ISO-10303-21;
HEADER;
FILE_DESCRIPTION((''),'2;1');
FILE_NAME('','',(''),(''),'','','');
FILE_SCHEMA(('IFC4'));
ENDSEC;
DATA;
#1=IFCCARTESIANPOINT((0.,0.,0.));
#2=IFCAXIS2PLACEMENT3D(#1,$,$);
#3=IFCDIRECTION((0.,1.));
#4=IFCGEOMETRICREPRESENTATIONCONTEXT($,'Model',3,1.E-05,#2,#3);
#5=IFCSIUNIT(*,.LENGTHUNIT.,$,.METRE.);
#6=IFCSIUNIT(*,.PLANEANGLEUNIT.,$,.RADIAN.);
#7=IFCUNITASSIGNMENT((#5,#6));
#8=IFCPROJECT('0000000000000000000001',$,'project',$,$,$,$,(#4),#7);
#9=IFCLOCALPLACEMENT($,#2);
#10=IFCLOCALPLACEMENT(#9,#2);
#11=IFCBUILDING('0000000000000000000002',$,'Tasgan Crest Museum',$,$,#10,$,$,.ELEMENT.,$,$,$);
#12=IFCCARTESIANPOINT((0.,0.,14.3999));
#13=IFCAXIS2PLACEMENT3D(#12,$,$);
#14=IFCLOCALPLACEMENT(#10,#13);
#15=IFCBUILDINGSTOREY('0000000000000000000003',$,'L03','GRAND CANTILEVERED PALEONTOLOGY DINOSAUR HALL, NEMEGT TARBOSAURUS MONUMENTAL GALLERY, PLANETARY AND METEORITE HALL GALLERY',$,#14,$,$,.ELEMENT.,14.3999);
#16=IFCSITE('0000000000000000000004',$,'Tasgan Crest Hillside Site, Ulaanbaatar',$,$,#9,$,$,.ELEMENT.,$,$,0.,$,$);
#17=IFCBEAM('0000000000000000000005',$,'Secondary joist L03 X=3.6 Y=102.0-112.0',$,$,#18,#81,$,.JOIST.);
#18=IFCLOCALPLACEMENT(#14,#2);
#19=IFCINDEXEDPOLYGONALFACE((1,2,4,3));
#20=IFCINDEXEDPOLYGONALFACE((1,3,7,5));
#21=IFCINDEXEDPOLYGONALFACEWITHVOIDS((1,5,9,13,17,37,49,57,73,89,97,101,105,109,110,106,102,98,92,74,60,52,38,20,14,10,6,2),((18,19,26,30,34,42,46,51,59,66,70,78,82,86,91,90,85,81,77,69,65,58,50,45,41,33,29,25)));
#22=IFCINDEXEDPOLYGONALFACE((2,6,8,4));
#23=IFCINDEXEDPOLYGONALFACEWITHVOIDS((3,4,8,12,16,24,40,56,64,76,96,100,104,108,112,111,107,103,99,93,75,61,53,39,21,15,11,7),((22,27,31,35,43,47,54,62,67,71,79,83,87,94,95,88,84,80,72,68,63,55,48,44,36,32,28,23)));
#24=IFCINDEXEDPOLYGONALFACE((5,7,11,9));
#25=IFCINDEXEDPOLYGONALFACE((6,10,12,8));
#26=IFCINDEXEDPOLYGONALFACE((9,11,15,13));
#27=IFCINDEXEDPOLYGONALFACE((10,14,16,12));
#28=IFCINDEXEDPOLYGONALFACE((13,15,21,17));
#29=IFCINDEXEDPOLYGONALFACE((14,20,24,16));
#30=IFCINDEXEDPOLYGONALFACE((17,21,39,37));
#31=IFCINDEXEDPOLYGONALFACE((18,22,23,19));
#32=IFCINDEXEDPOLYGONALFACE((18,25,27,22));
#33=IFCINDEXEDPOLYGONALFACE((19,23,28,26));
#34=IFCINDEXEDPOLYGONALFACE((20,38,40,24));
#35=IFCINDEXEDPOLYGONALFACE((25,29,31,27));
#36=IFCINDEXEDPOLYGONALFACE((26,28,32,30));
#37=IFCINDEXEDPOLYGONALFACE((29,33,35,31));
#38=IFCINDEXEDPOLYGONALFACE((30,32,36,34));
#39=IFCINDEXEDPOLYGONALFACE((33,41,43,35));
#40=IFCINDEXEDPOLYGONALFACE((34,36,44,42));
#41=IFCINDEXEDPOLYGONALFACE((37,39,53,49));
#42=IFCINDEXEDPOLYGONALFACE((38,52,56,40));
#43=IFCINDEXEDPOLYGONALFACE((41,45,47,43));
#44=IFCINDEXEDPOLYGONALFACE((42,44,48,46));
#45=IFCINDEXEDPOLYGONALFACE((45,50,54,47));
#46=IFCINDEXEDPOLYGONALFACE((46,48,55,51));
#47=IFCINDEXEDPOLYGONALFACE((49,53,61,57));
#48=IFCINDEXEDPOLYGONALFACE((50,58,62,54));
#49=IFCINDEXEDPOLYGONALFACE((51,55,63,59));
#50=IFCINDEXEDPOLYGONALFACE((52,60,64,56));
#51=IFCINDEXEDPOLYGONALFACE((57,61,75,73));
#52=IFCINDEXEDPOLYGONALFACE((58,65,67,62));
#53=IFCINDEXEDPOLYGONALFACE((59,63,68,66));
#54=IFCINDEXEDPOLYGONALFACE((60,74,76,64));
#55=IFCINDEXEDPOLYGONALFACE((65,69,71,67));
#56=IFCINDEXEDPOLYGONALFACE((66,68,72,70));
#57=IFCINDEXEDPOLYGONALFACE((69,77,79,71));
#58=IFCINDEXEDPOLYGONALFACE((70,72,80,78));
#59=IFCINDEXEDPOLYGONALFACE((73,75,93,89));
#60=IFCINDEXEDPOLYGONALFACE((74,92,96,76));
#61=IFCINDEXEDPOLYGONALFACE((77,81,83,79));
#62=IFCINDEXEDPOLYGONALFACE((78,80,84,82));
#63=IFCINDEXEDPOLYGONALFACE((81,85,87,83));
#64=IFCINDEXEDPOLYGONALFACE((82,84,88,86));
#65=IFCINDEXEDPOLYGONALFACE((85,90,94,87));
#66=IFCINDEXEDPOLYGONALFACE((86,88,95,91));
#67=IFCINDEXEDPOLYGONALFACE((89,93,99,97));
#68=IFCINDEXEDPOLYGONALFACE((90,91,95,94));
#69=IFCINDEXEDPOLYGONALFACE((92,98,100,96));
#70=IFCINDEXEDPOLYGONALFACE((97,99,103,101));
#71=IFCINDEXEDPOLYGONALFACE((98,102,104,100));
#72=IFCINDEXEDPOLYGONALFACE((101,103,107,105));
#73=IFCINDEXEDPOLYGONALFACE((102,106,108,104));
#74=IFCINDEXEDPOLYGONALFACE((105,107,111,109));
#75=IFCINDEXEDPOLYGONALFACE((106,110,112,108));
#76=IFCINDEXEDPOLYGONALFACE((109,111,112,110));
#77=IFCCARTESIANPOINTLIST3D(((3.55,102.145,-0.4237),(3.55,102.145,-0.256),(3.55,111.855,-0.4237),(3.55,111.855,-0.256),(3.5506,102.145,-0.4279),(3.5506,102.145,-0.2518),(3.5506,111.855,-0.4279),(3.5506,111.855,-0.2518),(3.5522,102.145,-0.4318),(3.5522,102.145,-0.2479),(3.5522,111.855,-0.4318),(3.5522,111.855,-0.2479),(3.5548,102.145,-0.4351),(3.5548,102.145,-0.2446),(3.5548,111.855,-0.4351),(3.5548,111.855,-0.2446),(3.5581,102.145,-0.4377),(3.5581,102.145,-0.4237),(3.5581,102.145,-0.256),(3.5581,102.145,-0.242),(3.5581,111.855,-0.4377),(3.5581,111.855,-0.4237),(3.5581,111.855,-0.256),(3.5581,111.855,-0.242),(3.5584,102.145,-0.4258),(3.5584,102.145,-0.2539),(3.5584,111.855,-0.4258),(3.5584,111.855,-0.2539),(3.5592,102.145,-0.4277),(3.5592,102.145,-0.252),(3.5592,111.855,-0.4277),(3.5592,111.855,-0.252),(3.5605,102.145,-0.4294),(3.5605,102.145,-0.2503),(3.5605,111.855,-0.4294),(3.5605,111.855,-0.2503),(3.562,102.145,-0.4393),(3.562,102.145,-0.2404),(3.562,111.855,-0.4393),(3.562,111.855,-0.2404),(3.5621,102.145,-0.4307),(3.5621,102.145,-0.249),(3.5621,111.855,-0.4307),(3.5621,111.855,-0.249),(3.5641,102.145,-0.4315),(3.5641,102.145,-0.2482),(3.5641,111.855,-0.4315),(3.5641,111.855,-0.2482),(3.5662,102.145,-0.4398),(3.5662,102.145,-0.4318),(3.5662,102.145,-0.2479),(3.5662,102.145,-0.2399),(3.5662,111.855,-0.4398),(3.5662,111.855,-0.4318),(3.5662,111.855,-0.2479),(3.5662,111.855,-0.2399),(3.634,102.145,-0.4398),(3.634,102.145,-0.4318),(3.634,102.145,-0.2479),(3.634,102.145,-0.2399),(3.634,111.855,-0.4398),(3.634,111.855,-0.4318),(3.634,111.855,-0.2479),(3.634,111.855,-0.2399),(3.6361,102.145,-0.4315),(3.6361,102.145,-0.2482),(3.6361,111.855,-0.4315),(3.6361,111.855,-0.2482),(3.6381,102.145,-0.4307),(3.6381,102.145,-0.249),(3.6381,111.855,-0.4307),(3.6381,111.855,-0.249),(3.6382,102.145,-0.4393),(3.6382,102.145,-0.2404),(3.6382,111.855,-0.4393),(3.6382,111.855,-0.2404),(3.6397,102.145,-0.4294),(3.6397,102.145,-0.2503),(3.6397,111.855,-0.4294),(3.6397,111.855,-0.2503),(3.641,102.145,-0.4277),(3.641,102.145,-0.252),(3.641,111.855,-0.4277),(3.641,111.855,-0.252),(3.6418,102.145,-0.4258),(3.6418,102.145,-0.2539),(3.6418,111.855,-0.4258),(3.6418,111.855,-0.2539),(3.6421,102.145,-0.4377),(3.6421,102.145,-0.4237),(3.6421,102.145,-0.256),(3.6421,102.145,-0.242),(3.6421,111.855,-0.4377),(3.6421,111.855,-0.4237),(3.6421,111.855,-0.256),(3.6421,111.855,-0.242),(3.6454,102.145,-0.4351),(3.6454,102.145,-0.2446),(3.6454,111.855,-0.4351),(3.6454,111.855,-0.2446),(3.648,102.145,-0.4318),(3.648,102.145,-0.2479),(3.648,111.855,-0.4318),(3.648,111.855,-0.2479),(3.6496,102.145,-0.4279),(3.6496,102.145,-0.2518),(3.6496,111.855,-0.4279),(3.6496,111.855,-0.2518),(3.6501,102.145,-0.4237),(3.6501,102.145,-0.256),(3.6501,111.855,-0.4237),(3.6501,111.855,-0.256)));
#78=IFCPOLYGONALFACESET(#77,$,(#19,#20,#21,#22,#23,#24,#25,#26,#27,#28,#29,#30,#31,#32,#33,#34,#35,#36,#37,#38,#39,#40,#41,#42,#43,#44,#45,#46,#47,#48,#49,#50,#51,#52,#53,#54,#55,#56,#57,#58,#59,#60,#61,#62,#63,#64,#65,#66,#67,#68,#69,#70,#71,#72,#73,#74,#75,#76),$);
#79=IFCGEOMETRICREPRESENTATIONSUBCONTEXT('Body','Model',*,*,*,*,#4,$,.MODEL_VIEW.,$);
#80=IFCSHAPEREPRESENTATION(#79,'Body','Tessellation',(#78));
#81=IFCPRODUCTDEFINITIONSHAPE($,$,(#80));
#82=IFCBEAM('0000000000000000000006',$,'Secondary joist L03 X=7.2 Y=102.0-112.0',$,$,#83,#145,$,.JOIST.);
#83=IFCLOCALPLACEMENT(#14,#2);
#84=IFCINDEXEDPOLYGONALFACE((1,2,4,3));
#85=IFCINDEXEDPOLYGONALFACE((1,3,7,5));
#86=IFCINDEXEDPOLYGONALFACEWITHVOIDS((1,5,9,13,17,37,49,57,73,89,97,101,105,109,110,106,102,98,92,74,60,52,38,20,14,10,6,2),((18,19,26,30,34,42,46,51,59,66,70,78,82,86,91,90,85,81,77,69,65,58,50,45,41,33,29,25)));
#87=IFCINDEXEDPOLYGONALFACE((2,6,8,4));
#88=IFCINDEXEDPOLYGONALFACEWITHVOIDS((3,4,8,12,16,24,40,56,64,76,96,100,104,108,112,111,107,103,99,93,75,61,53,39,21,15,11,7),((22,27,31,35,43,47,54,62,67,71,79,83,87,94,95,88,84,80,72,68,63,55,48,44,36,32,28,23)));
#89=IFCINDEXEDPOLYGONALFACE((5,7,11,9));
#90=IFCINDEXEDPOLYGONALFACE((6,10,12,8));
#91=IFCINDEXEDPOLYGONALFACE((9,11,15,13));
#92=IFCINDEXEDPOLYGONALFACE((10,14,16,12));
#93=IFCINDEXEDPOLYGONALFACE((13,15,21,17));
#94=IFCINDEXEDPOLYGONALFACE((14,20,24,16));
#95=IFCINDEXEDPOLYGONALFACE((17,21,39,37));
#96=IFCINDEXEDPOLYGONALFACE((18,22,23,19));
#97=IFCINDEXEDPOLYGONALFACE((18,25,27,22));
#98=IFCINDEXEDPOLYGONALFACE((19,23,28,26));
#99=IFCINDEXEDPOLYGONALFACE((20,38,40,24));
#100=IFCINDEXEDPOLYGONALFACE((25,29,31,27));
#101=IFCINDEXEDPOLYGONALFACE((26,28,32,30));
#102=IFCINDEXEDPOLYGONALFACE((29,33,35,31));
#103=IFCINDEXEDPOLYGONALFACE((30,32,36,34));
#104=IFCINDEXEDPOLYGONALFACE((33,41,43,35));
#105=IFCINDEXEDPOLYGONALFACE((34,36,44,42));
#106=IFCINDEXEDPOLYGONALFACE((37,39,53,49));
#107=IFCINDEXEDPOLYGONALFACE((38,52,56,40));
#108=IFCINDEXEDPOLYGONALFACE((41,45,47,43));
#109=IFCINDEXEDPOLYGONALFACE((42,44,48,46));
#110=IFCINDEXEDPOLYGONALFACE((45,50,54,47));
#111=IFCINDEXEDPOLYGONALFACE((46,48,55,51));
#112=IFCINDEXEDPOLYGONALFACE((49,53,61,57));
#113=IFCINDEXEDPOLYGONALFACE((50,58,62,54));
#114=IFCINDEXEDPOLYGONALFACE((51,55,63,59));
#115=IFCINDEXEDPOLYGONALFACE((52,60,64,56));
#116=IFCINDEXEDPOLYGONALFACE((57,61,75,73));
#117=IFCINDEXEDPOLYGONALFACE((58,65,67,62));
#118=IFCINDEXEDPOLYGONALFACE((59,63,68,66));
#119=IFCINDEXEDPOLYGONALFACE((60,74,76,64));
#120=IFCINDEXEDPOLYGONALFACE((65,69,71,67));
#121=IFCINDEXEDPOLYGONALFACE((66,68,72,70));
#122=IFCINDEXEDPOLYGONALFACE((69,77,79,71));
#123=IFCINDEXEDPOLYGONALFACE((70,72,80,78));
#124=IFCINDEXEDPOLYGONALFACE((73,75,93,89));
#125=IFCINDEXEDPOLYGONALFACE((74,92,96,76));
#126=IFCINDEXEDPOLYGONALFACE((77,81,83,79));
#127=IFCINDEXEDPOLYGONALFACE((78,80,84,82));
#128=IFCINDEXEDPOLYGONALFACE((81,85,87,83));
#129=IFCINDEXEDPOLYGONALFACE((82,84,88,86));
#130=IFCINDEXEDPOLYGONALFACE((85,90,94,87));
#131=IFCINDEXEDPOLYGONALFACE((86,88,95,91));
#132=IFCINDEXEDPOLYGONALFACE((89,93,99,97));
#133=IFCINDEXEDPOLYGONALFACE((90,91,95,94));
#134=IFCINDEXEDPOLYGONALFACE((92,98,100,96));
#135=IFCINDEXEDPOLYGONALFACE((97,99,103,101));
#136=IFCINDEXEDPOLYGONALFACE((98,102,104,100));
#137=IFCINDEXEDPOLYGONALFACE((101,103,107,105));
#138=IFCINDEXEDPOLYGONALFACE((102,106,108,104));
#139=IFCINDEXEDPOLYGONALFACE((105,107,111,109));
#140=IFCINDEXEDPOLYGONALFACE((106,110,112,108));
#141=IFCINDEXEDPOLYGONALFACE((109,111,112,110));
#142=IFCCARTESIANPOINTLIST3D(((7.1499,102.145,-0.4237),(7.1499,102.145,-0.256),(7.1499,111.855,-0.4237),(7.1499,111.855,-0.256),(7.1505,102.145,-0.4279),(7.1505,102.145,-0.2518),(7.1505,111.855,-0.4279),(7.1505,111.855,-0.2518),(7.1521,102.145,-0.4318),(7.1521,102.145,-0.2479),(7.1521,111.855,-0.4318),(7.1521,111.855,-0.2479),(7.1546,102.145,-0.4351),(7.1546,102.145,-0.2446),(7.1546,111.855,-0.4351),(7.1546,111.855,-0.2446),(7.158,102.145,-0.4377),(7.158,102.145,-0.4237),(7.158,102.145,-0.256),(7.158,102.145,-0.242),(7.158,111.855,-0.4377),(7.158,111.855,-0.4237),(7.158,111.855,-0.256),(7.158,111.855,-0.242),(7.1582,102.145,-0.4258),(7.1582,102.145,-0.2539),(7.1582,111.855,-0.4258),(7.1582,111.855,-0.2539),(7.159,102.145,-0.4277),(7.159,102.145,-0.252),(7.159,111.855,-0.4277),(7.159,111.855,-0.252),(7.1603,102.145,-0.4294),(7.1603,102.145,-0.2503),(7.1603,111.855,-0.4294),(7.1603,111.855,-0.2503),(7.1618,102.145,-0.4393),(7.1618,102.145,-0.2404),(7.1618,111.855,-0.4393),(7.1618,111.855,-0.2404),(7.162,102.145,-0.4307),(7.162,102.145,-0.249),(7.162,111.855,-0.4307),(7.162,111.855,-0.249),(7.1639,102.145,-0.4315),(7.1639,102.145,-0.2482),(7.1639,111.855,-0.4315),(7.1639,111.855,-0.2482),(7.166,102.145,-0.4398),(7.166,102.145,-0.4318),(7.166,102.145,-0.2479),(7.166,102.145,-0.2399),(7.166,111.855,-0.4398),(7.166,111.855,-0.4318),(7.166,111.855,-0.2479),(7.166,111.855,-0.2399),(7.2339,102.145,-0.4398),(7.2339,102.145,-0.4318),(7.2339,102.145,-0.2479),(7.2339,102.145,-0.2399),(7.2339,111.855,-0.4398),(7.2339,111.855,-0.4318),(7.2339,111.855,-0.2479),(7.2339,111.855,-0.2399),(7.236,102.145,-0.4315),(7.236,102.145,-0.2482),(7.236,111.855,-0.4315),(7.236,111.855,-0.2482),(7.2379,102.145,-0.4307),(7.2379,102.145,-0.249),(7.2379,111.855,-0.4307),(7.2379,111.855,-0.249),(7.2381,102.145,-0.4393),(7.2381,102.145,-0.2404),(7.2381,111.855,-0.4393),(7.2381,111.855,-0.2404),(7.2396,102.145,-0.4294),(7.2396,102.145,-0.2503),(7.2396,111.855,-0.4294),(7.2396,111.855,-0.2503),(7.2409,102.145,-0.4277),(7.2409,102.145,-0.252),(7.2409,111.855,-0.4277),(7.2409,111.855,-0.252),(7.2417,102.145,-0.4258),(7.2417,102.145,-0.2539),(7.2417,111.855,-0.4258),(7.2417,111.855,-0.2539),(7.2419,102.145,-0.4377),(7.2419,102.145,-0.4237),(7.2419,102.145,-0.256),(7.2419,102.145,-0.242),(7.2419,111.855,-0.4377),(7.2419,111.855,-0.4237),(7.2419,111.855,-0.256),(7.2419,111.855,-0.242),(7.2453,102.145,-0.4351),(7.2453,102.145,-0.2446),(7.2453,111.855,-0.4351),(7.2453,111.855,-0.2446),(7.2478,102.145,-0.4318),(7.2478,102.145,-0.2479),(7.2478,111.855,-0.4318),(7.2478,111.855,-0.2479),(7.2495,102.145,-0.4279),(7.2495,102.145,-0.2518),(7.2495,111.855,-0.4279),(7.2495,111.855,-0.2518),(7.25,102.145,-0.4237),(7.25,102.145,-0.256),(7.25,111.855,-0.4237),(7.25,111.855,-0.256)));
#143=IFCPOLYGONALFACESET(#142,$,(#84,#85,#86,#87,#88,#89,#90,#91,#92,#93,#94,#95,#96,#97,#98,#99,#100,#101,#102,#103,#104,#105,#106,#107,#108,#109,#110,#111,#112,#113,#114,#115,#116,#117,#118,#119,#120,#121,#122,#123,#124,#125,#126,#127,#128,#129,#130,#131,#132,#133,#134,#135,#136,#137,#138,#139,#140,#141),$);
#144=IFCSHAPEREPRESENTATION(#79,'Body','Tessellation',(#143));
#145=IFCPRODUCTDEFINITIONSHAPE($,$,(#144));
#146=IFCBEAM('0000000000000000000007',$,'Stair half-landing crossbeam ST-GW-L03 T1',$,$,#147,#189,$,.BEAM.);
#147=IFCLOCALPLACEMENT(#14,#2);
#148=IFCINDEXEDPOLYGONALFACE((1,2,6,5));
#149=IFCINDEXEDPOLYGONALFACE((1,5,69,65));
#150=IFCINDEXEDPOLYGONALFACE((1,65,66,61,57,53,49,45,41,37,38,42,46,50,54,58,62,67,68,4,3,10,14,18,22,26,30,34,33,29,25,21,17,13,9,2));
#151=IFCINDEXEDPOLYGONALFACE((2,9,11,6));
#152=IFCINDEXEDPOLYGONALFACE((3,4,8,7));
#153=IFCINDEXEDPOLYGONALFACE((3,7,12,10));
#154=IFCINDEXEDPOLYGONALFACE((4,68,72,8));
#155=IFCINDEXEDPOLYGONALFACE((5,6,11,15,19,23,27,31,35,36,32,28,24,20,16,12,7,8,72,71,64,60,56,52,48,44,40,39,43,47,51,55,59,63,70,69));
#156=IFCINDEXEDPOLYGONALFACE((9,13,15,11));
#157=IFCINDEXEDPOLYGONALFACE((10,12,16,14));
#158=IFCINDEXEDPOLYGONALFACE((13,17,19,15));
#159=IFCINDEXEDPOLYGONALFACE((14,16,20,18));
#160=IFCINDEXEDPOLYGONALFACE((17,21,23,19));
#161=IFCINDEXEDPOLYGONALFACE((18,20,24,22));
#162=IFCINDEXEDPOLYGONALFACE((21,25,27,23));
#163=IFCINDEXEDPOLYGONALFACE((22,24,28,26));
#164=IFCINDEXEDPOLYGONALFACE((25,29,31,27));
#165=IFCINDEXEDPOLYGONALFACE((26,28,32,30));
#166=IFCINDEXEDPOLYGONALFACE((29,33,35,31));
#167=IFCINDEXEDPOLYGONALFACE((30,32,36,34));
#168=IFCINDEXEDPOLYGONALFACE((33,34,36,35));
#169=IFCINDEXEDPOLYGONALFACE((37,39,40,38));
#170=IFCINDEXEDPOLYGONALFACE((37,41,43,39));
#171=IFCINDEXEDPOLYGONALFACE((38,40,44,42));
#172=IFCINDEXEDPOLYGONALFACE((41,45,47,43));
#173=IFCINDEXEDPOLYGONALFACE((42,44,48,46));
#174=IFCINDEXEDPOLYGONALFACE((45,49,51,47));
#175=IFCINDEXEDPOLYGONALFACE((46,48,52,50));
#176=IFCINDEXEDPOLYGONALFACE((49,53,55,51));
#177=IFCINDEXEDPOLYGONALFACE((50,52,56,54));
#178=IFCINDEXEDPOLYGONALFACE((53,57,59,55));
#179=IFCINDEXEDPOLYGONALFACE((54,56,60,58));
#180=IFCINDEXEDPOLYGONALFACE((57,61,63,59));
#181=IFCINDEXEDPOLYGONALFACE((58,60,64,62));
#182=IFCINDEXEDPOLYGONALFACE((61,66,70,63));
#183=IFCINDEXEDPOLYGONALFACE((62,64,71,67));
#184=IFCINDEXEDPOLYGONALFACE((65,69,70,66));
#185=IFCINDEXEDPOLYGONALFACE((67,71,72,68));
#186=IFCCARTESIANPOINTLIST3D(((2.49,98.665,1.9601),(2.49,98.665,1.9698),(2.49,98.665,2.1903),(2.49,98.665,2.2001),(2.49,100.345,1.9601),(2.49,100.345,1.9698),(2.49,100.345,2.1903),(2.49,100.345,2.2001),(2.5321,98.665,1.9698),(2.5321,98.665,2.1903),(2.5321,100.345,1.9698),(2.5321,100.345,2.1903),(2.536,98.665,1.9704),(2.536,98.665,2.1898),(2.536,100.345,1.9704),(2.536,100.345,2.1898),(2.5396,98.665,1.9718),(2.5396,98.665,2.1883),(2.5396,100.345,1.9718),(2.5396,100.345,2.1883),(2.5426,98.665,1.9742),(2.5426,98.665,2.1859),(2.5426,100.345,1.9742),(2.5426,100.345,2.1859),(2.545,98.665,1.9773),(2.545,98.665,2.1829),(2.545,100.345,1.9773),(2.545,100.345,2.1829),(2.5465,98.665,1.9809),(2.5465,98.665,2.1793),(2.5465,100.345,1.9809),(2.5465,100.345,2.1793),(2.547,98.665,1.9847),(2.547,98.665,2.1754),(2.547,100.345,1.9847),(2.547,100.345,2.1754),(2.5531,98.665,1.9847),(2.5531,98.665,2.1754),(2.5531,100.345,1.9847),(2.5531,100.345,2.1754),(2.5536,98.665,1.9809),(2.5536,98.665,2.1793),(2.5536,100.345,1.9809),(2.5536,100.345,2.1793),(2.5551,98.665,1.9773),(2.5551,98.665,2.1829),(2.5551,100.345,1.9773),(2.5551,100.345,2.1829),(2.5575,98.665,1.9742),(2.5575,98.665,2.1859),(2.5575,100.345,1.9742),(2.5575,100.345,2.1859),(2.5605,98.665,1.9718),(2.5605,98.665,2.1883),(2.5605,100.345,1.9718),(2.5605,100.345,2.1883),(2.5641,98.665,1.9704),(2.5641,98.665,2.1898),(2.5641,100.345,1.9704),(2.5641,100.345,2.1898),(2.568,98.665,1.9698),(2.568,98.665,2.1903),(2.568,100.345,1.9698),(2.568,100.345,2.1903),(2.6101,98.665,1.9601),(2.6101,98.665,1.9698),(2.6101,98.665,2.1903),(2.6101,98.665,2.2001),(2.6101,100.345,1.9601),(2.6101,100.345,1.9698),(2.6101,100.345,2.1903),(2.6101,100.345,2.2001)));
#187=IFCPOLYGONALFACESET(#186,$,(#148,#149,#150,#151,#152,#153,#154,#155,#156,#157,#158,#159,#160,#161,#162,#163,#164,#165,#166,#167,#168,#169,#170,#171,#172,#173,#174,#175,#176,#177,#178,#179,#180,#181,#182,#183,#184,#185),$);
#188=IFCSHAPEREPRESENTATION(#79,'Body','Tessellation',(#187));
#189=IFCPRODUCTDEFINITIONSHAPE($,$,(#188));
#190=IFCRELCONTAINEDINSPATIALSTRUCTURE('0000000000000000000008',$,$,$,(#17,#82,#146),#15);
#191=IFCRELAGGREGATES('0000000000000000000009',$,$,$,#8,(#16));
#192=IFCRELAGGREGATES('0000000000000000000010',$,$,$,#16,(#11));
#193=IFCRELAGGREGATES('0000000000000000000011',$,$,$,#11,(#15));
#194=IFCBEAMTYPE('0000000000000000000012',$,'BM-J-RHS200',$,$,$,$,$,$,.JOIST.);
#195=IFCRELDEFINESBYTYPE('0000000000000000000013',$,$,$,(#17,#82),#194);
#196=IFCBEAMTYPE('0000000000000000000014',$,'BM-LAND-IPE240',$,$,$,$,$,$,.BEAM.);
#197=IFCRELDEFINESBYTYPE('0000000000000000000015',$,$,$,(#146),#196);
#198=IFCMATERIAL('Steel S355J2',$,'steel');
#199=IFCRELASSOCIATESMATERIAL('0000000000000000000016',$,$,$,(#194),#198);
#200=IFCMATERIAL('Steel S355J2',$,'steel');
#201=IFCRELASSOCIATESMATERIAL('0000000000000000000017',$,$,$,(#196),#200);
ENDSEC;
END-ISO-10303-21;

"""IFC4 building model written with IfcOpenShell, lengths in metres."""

from ifc_helpers import new_model, si_unit, direction, frame, origin, origin_2d, place, context, subcontext, project, spatial, hollow_rectangle, i_section, extrude, material, material_profile, profile_set, type_object, element, save


model = new_model("IFC4")

# Units and contexts
model_context = context("Model", 3, precision=1e-05, world=origin(), true_north=direction((0.0, 1.0)))
body_context = subcontext(model_context, "Body", "Model", "MODEL_VIEW")
ifc_project = project(units=[si_unit("LENGTHUNIT", "METRE"), si_unit("PLANEANGLEUNIT", "RADIAN")], contexts=[model_context])

# Site, building, storey
site_placement = place(None, origin())
site = spatial("IfcSite", under=ifc_project, at=site_placement, Name="Tasgan Crest Hillside Site, Ulaanbaatar", CompositionType="ELEMENT", RefElevation=0.0)
building_placement = place(site_placement, origin())
building = spatial("IfcBuilding", under=site, at=building_placement, Name="Tasgan Crest Museum", CompositionType="ELEMENT")
storey_placement = place(building_placement, frame((0.0, 0.0, 14.3999)))
storey = spatial("IfcBuildingStorey", under=building, at=storey_placement, Name="L03", Description="GRAND CANTILEVERED PALEONTOLOGY DINOSAUR HALL, NEMEGT TARBOSAURUS MONUMENTAL GALLERY, PLANETARY AND METEORITE HALL GALLERY", CompositionType="ELEMENT", Elevation=14.3999)

# Beams
ifc_material_1 = material(Name="Steel S355J2", Category="steel")
ifc_material_profile_1 = material_profile(ifc_material_1, hollow_rectangle(XDim=0.1001, YDim=0.2, WallThickness=0.0081, InnerFilletRadius=0.0081, OuterFilletRadius=0.0161, at=origin_2d()), Name="RHS 200x100x8")
ifc_profile_set_1 = profile_set([ifc_material_profile_1], Name="Steel S355J2")
beam_type_1 = type_object("IfcBeamType", Name="BM-J-RHS200", PredefinedType="JOIST", material=ifc_profile_set_1)
for number, where, z_axis, x_axis, name in (
    (1, (3.6001, 102.145, -0.3398), (0.0, 1.0, 0.0), (-1.0, 0.0, 0.0), "Secondary joist L03 X=3.6 Y=102.0-112.0"),
    (2, (7.2, 102.145, -0.3398), (0.0, 1.0, 0.0), (-1.0, 0.0, 0.0), "Secondary joist L03 X=7.2 Y=102.0-112.0"),
):
    element("IfcBeam", number, at=place(storey_placement, frame(where, z_axis=z_axis, x_axis=x_axis)), inside=storey, type_object=beam_type_1, Name=name, PredefinedType="JOIST", context=body_context, shape_type="SweptSolid", body=[
        extrude(hollow_rectangle(XDim=0.1001, YDim=0.2, WallThickness=0.0081, InnerFilletRadius=0.0081, OuterFilletRadius=0.0161, at=origin_2d()), origin(), (0.0, 0.0, 1.0), 9.71),
    ])
ifc_material_2 = material(Name="Steel S355J2", Category="steel")
ifc_material_profile_2 = material_profile(ifc_material_2, i_section(OverallWidth=0.1201, OverallDepth=0.24, WebThickness=0.0061, FlangeThickness=0.0098, FilletRadius=0.0149, at=origin_2d()), Name="IPE 240")
ifc_profile_set_2 = profile_set([ifc_material_profile_2], Name="Steel S355J2")
beam_type_2 = type_object("IfcBeamType", Name="BM-LAND-IPE240", PredefinedType="BEAM", material=ifc_profile_set_2)
for number, where, z_axis, x_axis, name in (
    (3, (2.55, 98.665, 2.0801), (0.0, 1.0, 0.0), (-1.0, 0.0, 0.0), "Stair half-landing crossbeam ST-GW-L03 T1"),
):
    element("IfcBeam", number, at=place(storey_placement, frame(where, z_axis=z_axis, x_axis=x_axis)), inside=storey, type_object=beam_type_2, Name=name, PredefinedType="BEAM", context=body_context, shape_type="SweptSolid", body=[
        extrude(i_section(OverallWidth=0.1201, OverallDepth=0.24, WebThickness=0.0061, FlangeThickness=0.0098, FilletRadius=0.0149, at=origin_2d()), origin(), (0.0, 0.0, 1.0), 1.6799),
    ])

save(model, "model.ifc")
